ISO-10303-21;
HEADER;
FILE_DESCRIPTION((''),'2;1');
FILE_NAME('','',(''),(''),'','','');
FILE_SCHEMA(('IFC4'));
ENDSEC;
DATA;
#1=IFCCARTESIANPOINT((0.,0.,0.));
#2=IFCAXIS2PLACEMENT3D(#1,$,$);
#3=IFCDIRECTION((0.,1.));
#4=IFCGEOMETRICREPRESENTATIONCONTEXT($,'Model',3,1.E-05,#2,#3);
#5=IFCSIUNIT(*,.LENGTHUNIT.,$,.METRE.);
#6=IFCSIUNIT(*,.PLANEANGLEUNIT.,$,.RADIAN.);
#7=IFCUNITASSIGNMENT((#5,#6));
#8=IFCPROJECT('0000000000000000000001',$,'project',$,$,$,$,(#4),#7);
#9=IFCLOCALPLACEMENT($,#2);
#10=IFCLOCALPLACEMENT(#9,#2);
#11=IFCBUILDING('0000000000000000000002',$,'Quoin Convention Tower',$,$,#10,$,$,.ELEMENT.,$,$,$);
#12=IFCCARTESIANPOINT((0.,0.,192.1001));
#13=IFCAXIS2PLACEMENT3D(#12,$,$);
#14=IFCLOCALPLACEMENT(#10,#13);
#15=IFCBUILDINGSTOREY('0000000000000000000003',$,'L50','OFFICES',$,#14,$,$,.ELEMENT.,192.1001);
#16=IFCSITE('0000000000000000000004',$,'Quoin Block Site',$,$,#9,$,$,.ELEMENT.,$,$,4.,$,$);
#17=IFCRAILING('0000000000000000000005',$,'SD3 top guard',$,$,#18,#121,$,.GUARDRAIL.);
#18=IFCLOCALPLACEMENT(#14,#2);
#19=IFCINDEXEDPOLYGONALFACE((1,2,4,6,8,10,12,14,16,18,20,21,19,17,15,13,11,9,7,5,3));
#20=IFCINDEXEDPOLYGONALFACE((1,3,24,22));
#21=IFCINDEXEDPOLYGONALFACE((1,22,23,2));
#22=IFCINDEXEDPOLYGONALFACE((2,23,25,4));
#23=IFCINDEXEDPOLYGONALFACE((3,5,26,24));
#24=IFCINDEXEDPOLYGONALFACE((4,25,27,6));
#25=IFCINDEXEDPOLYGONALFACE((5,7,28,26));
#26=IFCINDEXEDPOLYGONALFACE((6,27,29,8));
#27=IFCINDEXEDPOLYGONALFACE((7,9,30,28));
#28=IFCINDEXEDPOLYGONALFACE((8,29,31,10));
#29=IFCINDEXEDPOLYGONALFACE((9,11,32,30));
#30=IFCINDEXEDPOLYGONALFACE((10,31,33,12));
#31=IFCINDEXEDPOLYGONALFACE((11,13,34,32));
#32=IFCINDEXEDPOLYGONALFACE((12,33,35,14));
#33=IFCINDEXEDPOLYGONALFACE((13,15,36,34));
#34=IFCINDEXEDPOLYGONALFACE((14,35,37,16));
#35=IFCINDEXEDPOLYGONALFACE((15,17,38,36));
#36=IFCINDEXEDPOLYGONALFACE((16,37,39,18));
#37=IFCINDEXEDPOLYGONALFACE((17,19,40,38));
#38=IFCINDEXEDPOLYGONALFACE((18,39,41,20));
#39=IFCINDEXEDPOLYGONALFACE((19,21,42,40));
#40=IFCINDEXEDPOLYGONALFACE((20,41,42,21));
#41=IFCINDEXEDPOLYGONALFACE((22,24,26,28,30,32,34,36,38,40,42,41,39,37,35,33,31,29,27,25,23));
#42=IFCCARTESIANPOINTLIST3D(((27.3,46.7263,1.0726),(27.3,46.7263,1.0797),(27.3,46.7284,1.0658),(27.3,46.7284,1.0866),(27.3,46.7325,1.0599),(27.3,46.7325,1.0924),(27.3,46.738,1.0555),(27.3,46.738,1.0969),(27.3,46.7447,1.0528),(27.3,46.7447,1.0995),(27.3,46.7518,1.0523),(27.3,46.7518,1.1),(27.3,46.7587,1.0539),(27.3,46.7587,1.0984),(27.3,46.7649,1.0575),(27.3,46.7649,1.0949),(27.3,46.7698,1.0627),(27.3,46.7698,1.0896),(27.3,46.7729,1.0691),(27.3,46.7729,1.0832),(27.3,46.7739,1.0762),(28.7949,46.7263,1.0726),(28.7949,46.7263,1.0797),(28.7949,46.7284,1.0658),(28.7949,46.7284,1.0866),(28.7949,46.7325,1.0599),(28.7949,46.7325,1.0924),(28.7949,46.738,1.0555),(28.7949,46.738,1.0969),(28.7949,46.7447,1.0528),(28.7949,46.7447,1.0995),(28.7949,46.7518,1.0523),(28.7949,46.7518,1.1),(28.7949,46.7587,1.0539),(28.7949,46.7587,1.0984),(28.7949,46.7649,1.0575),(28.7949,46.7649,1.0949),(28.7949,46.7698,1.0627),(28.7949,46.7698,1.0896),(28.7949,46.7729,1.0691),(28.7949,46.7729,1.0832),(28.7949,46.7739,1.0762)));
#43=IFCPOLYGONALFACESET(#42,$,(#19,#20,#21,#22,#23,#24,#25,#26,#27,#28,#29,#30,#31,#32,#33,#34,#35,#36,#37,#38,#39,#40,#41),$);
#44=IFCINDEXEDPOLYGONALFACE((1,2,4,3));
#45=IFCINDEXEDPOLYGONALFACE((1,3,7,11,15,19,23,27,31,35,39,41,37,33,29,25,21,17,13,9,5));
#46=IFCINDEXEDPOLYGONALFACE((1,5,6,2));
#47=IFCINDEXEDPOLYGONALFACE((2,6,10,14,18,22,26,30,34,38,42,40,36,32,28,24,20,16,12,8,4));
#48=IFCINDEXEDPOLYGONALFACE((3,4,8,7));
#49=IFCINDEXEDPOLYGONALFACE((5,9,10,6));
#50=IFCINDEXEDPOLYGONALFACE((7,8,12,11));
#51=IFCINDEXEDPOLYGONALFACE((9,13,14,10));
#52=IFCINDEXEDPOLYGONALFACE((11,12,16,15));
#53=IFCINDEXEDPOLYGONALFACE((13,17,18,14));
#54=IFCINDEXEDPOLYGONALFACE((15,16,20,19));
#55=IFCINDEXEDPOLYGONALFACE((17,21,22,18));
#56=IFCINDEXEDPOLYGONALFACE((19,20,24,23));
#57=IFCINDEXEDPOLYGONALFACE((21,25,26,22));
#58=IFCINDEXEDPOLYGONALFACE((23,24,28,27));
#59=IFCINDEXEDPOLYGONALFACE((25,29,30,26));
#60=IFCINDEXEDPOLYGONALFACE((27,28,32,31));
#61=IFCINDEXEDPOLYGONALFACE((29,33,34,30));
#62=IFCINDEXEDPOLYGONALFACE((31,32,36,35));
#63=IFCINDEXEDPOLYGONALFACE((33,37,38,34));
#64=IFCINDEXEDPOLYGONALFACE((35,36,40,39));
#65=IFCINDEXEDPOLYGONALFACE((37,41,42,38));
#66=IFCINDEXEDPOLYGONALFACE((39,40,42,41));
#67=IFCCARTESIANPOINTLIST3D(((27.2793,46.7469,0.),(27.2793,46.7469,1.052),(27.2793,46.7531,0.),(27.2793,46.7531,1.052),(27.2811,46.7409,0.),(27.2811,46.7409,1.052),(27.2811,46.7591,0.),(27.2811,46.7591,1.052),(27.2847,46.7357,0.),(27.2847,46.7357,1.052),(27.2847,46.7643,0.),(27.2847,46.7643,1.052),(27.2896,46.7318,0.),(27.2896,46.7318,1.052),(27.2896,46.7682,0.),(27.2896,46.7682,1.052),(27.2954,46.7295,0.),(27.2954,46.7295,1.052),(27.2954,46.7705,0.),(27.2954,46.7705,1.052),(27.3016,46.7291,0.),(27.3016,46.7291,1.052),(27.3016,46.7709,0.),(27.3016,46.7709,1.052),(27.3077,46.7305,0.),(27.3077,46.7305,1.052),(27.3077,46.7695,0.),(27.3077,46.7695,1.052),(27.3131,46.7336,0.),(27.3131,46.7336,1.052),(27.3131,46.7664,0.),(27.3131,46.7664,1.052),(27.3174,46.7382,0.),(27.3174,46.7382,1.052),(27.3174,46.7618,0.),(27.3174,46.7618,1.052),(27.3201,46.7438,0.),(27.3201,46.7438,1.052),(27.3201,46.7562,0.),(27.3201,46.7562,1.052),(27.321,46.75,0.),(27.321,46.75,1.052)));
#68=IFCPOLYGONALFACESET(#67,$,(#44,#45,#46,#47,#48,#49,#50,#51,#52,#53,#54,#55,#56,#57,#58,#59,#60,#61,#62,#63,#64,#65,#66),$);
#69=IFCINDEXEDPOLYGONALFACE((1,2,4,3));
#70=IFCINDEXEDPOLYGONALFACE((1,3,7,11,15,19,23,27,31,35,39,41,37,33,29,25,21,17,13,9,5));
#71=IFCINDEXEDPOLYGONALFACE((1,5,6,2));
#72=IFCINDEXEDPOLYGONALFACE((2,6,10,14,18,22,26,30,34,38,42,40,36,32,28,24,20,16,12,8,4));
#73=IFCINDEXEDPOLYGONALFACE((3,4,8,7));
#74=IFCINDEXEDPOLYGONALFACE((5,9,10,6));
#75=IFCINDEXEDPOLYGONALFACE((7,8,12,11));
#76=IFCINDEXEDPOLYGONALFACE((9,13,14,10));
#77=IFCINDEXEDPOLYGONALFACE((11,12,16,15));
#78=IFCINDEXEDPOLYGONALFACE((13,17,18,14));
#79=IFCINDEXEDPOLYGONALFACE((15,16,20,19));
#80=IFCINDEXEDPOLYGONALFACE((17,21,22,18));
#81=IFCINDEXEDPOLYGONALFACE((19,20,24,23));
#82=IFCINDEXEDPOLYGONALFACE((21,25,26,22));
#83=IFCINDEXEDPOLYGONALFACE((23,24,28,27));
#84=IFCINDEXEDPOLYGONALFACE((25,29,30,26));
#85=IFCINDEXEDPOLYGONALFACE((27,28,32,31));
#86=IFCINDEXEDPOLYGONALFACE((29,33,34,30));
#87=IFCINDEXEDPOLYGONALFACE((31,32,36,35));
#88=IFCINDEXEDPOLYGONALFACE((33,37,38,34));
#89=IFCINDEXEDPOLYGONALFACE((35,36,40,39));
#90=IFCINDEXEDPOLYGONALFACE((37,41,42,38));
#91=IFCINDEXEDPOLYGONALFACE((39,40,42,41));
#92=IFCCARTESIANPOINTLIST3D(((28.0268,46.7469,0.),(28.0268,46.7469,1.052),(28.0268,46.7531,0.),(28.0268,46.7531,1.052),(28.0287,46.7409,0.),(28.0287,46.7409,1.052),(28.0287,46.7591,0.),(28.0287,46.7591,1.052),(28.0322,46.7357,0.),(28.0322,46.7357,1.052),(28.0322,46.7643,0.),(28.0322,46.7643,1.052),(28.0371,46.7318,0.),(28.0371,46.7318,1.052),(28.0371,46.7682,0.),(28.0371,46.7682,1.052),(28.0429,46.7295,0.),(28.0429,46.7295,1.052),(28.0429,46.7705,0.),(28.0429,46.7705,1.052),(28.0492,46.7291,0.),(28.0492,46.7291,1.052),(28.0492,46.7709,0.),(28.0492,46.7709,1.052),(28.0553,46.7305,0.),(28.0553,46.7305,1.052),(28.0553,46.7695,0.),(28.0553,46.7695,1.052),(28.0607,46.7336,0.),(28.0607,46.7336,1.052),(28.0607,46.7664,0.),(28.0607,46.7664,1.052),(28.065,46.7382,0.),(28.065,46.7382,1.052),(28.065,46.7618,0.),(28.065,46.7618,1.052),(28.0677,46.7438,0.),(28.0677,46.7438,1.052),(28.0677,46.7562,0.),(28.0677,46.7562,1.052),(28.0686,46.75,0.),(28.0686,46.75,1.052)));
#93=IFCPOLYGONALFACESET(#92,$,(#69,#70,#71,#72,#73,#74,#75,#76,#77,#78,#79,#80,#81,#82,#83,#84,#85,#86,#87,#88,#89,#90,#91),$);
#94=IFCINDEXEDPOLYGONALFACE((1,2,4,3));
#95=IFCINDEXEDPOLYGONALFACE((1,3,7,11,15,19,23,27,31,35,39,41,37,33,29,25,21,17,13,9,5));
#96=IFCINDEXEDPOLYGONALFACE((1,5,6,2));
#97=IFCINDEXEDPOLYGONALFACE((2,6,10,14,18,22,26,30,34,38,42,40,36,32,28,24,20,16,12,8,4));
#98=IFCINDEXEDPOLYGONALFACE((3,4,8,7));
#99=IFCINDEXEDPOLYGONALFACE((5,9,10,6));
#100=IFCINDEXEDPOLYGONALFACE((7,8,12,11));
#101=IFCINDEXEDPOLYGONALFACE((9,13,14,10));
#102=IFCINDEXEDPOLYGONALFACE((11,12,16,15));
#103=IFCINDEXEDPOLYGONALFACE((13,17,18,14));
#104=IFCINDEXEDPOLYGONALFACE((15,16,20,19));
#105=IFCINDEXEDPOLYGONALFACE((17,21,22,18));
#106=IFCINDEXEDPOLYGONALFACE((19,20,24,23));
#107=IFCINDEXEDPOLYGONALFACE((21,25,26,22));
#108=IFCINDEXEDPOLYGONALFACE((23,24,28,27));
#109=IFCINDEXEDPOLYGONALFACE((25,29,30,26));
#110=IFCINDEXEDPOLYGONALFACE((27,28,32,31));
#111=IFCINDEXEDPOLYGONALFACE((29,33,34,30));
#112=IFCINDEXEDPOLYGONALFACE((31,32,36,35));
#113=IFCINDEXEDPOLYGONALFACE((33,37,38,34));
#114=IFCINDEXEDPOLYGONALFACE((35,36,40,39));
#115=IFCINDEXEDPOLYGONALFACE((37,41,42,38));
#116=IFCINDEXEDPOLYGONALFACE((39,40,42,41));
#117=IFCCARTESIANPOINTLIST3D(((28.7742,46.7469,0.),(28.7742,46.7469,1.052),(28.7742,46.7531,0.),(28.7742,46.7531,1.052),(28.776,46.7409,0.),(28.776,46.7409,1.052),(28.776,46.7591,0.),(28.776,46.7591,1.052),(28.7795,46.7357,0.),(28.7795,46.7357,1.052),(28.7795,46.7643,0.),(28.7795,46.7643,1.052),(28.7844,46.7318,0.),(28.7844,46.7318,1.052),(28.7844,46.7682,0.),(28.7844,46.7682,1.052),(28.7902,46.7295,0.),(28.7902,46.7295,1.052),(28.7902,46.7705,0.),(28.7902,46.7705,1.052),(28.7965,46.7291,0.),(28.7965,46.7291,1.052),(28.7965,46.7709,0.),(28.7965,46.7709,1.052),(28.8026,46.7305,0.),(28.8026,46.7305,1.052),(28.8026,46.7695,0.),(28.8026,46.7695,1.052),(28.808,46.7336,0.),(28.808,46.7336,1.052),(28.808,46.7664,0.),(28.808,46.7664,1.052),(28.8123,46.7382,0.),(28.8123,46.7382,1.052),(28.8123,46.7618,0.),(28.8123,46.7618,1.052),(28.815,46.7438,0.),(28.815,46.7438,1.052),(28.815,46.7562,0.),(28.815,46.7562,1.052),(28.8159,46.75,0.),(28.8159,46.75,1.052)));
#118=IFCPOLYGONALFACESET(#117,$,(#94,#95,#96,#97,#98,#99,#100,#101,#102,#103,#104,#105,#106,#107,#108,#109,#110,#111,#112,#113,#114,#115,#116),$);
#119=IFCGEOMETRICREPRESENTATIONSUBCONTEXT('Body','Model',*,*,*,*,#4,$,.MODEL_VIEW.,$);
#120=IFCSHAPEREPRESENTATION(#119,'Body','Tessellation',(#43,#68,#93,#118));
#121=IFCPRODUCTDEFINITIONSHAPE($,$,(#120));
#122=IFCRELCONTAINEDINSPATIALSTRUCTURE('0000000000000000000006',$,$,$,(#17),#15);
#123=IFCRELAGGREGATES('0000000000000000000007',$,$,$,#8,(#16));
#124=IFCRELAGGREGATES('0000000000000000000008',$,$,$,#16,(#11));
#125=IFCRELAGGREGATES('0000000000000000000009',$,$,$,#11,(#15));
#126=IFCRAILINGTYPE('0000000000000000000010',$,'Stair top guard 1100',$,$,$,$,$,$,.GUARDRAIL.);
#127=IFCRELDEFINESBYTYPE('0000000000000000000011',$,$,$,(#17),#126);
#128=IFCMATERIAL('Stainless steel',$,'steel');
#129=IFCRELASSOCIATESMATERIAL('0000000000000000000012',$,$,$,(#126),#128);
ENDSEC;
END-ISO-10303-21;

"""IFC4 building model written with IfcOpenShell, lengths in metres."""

from ifc_helpers import new_model, si_unit, direction, frame, origin, origin_2d, place, context, subcontext, project, spatial, circle, extrude, material, type_object, element, save


model = new_model("IFC4")

# Units and contexts
model_context = context("Model", 3, precision=1e-05, world=origin(), true_north=direction((0.0, 1.0)))
body_context = subcontext(model_context, "Body", "Model", "MODEL_VIEW")
ifc_project = project(units=[si_unit("LENGTHUNIT", "METRE"), si_unit("PLANEANGLEUNIT", "RADIAN")], contexts=[model_context])

# Site, building, storey
site_placement = place(None, origin())
site = spatial("IfcSite", under=ifc_project, at=site_placement, Name="Quoin Block Site", CompositionType="ELEMENT", RefElevation=4.0)
building_placement = place(site_placement, origin())
building = spatial("IfcBuilding", under=site, at=building_placement, Name="Quoin Convention Tower", CompositionType="ELEMENT")
storey_placement = place(building_placement, frame((0.0, 0.0, 192.1001)))
storey = spatial("IfcBuildingStorey", under=building, at=storey_placement, Name="L50", Description="OFFICES", CompositionType="ELEMENT", Elevation=192.1001)

# Railing
ifc_material_1 = material(Name="Stainless steel", Category="steel")
railing_type_1 = type_object("IfcRailingType", Name="Stair top guard 1100", PredefinedType="GUARDRAIL", material=ifc_material_1)
railing_1_placement = place(storey_placement, frame((27.3, 46.75, 0.0)))
element("IfcRailing", 1, at=railing_1_placement, inside=storey, type_object=railing_type_1, Name="SD3 top guard", PredefinedType="GUARDRAIL", context=body_context, shape_type="SweptSolid", body=[
    extrude(circle(Radius=0.0239, at=origin_2d()), frame((0.0, 0.0, 1.0762), z_axis=(1.0, 0.0, 0.0), x_axis=(0.0, 1.0, 0.0)), (0.0, 0.0, 1.0), 1.4949),
    extrude(circle(Radius=0.021, at=origin_2d()), origin(), (0.0, 0.0, 1.0), 1.052),
    extrude(circle(Radius=0.021, at=origin_2d()), frame((0.7476, 0.0, 0.0)), (0.0, 0.0, 1.0), 1.052),
    extrude(circle(Radius=0.021, at=origin_2d()), frame((1.4949, 0.0, 0.0)), (0.0, 0.0, 1.0), 1.052),
])

save(model, "model.ifc")
